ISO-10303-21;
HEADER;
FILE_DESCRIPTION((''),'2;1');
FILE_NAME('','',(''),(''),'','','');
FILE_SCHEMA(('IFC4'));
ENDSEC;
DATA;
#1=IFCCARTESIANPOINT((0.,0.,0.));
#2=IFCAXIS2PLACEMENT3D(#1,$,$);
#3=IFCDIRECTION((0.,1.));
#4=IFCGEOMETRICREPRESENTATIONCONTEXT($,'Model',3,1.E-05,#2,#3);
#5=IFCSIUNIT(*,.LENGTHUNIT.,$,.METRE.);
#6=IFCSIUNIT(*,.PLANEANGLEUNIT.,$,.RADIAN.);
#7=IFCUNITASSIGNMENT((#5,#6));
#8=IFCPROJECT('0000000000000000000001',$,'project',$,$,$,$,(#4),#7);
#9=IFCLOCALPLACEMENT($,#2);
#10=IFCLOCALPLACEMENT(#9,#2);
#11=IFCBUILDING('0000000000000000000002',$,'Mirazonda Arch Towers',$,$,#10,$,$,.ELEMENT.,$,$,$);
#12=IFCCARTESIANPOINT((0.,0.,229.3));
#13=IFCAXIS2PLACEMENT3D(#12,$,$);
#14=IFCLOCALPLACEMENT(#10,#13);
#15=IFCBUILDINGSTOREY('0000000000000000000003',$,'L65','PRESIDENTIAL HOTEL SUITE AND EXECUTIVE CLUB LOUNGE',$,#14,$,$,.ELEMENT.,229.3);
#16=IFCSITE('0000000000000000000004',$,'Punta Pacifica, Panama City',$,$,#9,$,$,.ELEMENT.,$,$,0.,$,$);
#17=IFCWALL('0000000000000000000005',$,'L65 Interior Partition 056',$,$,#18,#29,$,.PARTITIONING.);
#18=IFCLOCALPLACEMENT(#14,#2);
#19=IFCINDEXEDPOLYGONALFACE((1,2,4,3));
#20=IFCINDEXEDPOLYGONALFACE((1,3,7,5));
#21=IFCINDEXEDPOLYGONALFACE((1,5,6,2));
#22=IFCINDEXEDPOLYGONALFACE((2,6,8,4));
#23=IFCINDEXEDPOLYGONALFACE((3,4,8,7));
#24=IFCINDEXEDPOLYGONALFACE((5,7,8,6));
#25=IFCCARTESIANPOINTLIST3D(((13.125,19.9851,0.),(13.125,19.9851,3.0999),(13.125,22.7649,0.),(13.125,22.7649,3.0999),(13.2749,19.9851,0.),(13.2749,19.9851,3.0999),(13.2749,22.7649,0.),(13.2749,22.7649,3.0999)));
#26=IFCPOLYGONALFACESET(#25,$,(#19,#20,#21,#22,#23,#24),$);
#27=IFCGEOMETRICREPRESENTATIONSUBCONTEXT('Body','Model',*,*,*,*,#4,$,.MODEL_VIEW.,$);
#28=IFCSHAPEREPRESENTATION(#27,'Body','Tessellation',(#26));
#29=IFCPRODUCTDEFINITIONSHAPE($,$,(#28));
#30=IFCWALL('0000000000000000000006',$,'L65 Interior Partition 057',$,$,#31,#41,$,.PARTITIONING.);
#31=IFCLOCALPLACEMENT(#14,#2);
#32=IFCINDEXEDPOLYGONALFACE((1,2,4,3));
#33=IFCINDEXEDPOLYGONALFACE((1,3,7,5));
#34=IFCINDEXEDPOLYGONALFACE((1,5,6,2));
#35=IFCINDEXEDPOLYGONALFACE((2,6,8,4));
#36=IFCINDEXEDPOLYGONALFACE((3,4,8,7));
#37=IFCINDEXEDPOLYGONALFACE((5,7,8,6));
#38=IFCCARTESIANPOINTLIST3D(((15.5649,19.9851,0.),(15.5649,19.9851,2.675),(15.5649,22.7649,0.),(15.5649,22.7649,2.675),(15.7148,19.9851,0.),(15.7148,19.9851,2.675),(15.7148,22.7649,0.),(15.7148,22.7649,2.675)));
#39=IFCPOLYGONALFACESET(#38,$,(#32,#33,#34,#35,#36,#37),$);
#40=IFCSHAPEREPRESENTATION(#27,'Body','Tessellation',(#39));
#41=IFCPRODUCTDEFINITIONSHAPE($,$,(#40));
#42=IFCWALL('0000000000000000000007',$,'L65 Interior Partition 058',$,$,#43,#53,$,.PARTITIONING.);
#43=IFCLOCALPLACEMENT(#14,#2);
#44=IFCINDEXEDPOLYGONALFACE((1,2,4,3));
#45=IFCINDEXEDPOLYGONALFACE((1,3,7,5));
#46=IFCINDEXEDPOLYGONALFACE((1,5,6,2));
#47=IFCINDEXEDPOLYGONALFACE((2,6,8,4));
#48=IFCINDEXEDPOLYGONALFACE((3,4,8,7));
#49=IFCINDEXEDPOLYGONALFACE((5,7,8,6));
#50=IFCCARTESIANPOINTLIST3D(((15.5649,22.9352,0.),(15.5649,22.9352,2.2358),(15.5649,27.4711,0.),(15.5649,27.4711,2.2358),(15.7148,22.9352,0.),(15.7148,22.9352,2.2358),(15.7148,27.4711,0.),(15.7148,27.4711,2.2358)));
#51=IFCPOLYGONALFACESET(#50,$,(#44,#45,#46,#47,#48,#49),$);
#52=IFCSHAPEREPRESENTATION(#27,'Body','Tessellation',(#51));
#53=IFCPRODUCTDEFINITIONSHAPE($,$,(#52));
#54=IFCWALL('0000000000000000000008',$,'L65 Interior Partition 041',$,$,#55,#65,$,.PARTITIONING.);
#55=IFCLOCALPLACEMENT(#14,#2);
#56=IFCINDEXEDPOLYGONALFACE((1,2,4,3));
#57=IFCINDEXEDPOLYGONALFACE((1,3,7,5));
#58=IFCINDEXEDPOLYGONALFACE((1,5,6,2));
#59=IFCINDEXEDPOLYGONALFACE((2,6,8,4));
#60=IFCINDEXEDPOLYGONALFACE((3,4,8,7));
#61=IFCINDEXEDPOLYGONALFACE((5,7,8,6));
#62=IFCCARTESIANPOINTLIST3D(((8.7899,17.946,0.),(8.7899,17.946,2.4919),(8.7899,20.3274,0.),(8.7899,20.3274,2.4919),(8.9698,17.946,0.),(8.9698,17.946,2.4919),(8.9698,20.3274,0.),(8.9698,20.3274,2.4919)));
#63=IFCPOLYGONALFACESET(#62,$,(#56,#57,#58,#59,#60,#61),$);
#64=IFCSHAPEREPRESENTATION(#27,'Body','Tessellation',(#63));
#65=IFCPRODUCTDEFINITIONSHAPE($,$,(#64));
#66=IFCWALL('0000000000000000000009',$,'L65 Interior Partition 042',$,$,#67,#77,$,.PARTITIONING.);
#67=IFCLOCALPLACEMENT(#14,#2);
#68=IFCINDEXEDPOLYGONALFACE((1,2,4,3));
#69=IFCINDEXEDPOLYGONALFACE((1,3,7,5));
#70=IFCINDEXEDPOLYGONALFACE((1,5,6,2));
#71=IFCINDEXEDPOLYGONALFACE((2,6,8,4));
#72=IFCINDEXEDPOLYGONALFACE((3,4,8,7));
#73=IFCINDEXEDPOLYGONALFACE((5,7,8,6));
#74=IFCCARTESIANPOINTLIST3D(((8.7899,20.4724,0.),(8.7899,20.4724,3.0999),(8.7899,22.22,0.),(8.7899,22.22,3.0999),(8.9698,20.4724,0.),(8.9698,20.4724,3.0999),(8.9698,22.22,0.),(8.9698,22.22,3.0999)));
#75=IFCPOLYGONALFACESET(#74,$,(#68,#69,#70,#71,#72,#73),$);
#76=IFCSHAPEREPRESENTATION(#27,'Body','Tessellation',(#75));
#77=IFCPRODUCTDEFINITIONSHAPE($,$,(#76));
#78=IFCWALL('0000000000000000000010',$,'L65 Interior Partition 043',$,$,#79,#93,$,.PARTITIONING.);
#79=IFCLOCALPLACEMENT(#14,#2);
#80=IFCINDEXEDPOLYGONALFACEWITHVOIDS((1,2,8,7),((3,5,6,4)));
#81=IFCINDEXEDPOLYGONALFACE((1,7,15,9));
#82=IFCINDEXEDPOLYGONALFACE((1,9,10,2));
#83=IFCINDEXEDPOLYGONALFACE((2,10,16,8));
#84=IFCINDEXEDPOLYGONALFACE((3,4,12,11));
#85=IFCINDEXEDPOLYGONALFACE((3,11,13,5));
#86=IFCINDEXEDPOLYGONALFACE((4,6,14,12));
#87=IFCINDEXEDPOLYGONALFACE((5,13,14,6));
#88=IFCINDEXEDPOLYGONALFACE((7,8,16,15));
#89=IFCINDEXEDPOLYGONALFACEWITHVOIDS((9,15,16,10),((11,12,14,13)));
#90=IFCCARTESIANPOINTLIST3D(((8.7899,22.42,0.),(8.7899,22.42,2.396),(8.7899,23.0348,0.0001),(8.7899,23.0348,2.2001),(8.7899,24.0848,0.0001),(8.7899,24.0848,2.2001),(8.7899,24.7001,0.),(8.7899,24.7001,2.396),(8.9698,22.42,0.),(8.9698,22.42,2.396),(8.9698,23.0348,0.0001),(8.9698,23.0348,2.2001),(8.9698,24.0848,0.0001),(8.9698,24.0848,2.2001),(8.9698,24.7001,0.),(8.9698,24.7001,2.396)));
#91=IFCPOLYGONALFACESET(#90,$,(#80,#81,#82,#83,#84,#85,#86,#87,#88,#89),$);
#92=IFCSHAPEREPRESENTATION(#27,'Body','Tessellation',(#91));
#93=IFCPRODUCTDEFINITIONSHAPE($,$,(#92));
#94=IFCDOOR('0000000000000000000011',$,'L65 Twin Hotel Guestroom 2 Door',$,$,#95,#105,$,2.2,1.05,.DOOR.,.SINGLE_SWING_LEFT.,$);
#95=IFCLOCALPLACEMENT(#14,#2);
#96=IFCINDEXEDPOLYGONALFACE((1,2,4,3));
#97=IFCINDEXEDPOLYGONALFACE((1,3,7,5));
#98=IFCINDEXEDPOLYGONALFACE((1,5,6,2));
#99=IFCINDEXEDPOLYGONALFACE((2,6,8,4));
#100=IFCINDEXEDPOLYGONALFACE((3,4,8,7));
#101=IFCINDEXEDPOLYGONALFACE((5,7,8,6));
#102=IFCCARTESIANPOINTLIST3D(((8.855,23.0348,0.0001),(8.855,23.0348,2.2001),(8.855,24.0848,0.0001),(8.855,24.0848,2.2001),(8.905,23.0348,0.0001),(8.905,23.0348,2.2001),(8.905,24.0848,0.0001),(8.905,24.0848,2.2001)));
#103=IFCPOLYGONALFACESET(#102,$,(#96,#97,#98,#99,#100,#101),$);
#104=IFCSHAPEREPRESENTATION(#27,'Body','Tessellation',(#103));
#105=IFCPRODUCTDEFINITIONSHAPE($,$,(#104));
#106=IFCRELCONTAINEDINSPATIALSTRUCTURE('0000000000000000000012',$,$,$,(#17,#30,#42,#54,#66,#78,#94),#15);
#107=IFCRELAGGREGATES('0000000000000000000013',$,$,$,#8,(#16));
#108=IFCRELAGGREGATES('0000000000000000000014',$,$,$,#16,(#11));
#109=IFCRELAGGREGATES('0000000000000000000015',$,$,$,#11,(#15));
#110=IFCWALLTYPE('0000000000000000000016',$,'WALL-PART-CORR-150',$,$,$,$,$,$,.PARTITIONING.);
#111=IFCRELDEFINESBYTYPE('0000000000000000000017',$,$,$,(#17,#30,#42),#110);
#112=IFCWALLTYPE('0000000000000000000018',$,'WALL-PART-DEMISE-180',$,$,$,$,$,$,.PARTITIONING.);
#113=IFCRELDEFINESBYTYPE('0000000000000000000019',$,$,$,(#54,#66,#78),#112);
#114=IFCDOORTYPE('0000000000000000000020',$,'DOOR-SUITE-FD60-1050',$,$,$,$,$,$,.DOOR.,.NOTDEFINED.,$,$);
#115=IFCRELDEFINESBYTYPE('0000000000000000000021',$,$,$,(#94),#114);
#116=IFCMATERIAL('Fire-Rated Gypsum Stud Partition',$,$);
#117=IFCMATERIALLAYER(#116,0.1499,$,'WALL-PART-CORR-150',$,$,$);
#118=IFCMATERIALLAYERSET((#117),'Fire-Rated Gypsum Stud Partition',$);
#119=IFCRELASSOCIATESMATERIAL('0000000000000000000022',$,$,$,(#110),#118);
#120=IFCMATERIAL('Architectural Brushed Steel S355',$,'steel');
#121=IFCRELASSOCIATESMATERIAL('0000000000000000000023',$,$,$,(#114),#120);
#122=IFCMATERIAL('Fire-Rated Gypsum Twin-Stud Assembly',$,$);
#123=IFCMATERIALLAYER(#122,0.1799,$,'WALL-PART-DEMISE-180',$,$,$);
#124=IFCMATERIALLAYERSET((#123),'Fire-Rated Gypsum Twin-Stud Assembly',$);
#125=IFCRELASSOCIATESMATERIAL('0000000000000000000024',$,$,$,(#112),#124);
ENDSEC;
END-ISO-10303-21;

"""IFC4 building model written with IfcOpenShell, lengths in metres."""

from ifc_helpers import new_model, si_unit, direction, frame, frame_2d, origin, place, context, subcontext, project, spatial, rectangle, extrude, material, layer, layer_set, type_object, element, fill, save


model = new_model("IFC4")

# Units and contexts
model_context = context("Model", 3, precision=1e-05, world=origin(), true_north=direction((0.0, 1.0)))
body_context = subcontext(model_context, "Body", "Model", "MODEL_VIEW")
ifc_project = project(units=[si_unit("LENGTHUNIT", "METRE"), si_unit("PLANEANGLEUNIT", "RADIAN")], contexts=[model_context])

# Site, building, storey
site_placement = place(None, origin())
site = spatial("IfcSite", under=ifc_project, at=site_placement, Name="Punta Pacifica, Panama City", CompositionType="ELEMENT", RefElevation=0.0)
building_placement = place(site_placement, origin())
building = spatial("IfcBuilding", under=site, at=building_placement, Name="Mirazonda Arch Towers", CompositionType="ELEMENT")
storey_placement = place(building_placement, frame((0.0, 0.0, 229.3)))
storey = spatial("IfcBuildingStorey", under=building, at=storey_placement, Name="L65", Description="PRESIDENTIAL HOTEL SUITE AND EXECUTIVE CLUB LOUNGE", CompositionType="ELEMENT", Elevation=229.3)

# Shared definitions
ifc_material_1 = material(Name="Architectural Brushed Steel S355", Category="steel")

# Shared definitions
ifc_material_2 = material(Name="Fire-Rated Gypsum Stud Partition")
ifc_layer_1 = layer(ifc_material_2, 0.1499, Name="WALL-PART-CORR-150")
ifc_layer_set_1 = layer_set([ifc_layer_1], Name="Fire-Rated Gypsum Stud Partition")
wall_type_1 = type_object("IfcWallType", Name="WALL-PART-CORR-150", PredefinedType="PARTITIONING", material=ifc_layer_set_1)

# Shared definitions
door_type_1 = type_object("IfcDoorType", Name="DOOR-SUITE-FD60-1050", OperationType="NOTDEFINED", PredefinedType="DOOR", material=ifc_material_1)

# Walls
wall_1_placement = place(storey_placement, frame((13.2, 19.9851, 0.0), z_axis=(0.0, 0.0, 1.0), x_axis=(0.0, 1.0, 0.0)))
element("IfcWall", 1, at=wall_1_placement, inside=storey, type_object=wall_type_1, Name="L65 Interior Partition 056", PredefinedType="PARTITIONING", context=body_context, shape_type="SweptSolid", body=[
    extrude(rectangle(XDim=2.7798, YDim=0.1499, at=frame_2d((1.3899, 0.0))), origin(), (0.0, 0.0, 1.0), 3.0999),
])
wall_2_placement = place(storey_placement, frame((15.6399, 19.9851, 0.0), z_axis=(0.0, 0.0, 1.0), x_axis=(0.0, 1.0, 0.0)))
element("IfcWall", 2, at=wall_2_placement, inside=storey, type_object=wall_type_1, Name="L65 Interior Partition 057", PredefinedType="PARTITIONING", context=body_context, shape_type="SweptSolid", body=[
    extrude(rectangle(XDim=2.7798, YDim=0.1499, at=frame_2d((1.3899, 0.0))), origin(), (0.0, 0.0, 1.0), 2.675),
])
wall_3_placement = place(storey_placement, frame((15.6399, 22.9351, 0.0), z_axis=(0.0, 0.0, 1.0), x_axis=(0.0, 1.0, 0.0)))
element("IfcWall", 3, at=wall_3_placement, inside=storey, type_object=wall_type_1, Name="L65 Interior Partition 058", PredefinedType="PARTITIONING", context=body_context, shape_type="SweptSolid", body=[
    extrude(rectangle(XDim=4.5359, YDim=0.1499, at=frame_2d((2.2681, 0.0))), origin(), (0.0, 0.0, 1.0), 2.2358),
])
ifc_material_3 = material(Name="Fire-Rated Gypsum Twin-Stud Assembly")
ifc_layer_2 = layer(ifc_material_3, 0.1799, Name="WALL-PART-DEMISE-180")
ifc_layer_set_2 = layer_set([ifc_layer_2], Name="Fire-Rated Gypsum Twin-Stud Assembly")
wall_type_2 = type_object("IfcWallType", Name="WALL-PART-DEMISE-180", PredefinedType="PARTITIONING", material=ifc_layer_set_2)
wall_4_placement = place(storey_placement, frame((8.8799, 17.946, 0.0), z_axis=(0.0, 0.0, 1.0), x_axis=(0.0, 1.0, 0.0)))
element("IfcWall", 4, at=wall_4_placement, inside=storey, type_object=wall_type_2, Name="L65 Interior Partition 041", PredefinedType="PARTITIONING", context=body_context, shape_type="SweptSolid", body=[
    extrude(rectangle(XDim=2.3813, YDim=0.1799, at=frame_2d((1.1907, 0.0))), origin(), (0.0, 0.0, 1.0), 2.4919),
])
wall_5_placement = place(storey_placement, frame((8.8799, 20.4724, 0.0), z_axis=(0.0, 0.0, 1.0), x_axis=(0.0, 1.0, 0.0)))
element("IfcWall", 5, at=wall_5_placement, inside=storey, type_object=wall_type_2, Name="L65 Interior Partition 042", PredefinedType="PARTITIONING", context=body_context, shape_type="SweptSolid", body=[
    extrude(rectangle(XDim=1.7476, YDim=0.1799, at=frame_2d((0.8738, 0.0))), origin(), (0.0, 0.0, 1.0), 3.0999),
])

# Wall, opening, door
wall_6_placement = place(storey_placement, frame((8.8799, 22.4199, 0.0), z_axis=(0.0, 0.0, 1.0), x_axis=(0.0, 1.0, 0.0)))
wall_6 = element("IfcWall", 6, at=wall_6_placement, inside=storey, type_object=wall_type_2, Name="L65 Interior Partition 043", PredefinedType="PARTITIONING", context=body_context, shape_type="SweptSolid", body=[
    extrude(rectangle(XDim=2.28, YDim=0.1799, at=frame_2d((1.1401, 0.0))), origin(), (0.0, 0.0, 1.0), 2.396),
])
opening_1_placement = place(wall_6_placement, frame((0.615, 0.0, 0.0)))
opening_1 = element("IfcOpeningElement", 7, at=opening_1_placement, cuts=wall_6, PredefinedType="OPENING", context=body_context, shape_type="SweptSolid", body=[
    extrude(rectangle(XDim=1.05, YDim=2.2, at=frame_2d((0.5249, 1.1001))), frame((0.0, 0.0999, 0.0), z_axis=(0.0, -1.0, 0.0), x_axis=(1.0, 0.0, 0.0)), (0.0, 0.0, 1.0), 0.2),
])
door_1_placement = place(opening_1_placement, origin())
door_1 = element("IfcDoor", 8, at=door_1_placement, inside=storey, type_object=door_type_1, Name="L65 Twin Hotel Guestroom 2 Door", OperationType="SINGLE_SWING_LEFT", OverallHeight=2.2, OverallWidth=1.05, PredefinedType="DOOR", context=body_context, shape_type="SweptSolid", body=[
    extrude(rectangle(XDim=1.05, YDim=2.2, at=frame_2d((0.5249, 1.1001))), frame((0.0, 0.0249, 0.0), z_axis=(0.0, -1.0, 0.0), x_axis=(1.0, 0.0, 0.0)), (0.0, 0.0, 1.0), 0.05),
])
fill(opening_1, door_1)

save(model, "model.ifc")
